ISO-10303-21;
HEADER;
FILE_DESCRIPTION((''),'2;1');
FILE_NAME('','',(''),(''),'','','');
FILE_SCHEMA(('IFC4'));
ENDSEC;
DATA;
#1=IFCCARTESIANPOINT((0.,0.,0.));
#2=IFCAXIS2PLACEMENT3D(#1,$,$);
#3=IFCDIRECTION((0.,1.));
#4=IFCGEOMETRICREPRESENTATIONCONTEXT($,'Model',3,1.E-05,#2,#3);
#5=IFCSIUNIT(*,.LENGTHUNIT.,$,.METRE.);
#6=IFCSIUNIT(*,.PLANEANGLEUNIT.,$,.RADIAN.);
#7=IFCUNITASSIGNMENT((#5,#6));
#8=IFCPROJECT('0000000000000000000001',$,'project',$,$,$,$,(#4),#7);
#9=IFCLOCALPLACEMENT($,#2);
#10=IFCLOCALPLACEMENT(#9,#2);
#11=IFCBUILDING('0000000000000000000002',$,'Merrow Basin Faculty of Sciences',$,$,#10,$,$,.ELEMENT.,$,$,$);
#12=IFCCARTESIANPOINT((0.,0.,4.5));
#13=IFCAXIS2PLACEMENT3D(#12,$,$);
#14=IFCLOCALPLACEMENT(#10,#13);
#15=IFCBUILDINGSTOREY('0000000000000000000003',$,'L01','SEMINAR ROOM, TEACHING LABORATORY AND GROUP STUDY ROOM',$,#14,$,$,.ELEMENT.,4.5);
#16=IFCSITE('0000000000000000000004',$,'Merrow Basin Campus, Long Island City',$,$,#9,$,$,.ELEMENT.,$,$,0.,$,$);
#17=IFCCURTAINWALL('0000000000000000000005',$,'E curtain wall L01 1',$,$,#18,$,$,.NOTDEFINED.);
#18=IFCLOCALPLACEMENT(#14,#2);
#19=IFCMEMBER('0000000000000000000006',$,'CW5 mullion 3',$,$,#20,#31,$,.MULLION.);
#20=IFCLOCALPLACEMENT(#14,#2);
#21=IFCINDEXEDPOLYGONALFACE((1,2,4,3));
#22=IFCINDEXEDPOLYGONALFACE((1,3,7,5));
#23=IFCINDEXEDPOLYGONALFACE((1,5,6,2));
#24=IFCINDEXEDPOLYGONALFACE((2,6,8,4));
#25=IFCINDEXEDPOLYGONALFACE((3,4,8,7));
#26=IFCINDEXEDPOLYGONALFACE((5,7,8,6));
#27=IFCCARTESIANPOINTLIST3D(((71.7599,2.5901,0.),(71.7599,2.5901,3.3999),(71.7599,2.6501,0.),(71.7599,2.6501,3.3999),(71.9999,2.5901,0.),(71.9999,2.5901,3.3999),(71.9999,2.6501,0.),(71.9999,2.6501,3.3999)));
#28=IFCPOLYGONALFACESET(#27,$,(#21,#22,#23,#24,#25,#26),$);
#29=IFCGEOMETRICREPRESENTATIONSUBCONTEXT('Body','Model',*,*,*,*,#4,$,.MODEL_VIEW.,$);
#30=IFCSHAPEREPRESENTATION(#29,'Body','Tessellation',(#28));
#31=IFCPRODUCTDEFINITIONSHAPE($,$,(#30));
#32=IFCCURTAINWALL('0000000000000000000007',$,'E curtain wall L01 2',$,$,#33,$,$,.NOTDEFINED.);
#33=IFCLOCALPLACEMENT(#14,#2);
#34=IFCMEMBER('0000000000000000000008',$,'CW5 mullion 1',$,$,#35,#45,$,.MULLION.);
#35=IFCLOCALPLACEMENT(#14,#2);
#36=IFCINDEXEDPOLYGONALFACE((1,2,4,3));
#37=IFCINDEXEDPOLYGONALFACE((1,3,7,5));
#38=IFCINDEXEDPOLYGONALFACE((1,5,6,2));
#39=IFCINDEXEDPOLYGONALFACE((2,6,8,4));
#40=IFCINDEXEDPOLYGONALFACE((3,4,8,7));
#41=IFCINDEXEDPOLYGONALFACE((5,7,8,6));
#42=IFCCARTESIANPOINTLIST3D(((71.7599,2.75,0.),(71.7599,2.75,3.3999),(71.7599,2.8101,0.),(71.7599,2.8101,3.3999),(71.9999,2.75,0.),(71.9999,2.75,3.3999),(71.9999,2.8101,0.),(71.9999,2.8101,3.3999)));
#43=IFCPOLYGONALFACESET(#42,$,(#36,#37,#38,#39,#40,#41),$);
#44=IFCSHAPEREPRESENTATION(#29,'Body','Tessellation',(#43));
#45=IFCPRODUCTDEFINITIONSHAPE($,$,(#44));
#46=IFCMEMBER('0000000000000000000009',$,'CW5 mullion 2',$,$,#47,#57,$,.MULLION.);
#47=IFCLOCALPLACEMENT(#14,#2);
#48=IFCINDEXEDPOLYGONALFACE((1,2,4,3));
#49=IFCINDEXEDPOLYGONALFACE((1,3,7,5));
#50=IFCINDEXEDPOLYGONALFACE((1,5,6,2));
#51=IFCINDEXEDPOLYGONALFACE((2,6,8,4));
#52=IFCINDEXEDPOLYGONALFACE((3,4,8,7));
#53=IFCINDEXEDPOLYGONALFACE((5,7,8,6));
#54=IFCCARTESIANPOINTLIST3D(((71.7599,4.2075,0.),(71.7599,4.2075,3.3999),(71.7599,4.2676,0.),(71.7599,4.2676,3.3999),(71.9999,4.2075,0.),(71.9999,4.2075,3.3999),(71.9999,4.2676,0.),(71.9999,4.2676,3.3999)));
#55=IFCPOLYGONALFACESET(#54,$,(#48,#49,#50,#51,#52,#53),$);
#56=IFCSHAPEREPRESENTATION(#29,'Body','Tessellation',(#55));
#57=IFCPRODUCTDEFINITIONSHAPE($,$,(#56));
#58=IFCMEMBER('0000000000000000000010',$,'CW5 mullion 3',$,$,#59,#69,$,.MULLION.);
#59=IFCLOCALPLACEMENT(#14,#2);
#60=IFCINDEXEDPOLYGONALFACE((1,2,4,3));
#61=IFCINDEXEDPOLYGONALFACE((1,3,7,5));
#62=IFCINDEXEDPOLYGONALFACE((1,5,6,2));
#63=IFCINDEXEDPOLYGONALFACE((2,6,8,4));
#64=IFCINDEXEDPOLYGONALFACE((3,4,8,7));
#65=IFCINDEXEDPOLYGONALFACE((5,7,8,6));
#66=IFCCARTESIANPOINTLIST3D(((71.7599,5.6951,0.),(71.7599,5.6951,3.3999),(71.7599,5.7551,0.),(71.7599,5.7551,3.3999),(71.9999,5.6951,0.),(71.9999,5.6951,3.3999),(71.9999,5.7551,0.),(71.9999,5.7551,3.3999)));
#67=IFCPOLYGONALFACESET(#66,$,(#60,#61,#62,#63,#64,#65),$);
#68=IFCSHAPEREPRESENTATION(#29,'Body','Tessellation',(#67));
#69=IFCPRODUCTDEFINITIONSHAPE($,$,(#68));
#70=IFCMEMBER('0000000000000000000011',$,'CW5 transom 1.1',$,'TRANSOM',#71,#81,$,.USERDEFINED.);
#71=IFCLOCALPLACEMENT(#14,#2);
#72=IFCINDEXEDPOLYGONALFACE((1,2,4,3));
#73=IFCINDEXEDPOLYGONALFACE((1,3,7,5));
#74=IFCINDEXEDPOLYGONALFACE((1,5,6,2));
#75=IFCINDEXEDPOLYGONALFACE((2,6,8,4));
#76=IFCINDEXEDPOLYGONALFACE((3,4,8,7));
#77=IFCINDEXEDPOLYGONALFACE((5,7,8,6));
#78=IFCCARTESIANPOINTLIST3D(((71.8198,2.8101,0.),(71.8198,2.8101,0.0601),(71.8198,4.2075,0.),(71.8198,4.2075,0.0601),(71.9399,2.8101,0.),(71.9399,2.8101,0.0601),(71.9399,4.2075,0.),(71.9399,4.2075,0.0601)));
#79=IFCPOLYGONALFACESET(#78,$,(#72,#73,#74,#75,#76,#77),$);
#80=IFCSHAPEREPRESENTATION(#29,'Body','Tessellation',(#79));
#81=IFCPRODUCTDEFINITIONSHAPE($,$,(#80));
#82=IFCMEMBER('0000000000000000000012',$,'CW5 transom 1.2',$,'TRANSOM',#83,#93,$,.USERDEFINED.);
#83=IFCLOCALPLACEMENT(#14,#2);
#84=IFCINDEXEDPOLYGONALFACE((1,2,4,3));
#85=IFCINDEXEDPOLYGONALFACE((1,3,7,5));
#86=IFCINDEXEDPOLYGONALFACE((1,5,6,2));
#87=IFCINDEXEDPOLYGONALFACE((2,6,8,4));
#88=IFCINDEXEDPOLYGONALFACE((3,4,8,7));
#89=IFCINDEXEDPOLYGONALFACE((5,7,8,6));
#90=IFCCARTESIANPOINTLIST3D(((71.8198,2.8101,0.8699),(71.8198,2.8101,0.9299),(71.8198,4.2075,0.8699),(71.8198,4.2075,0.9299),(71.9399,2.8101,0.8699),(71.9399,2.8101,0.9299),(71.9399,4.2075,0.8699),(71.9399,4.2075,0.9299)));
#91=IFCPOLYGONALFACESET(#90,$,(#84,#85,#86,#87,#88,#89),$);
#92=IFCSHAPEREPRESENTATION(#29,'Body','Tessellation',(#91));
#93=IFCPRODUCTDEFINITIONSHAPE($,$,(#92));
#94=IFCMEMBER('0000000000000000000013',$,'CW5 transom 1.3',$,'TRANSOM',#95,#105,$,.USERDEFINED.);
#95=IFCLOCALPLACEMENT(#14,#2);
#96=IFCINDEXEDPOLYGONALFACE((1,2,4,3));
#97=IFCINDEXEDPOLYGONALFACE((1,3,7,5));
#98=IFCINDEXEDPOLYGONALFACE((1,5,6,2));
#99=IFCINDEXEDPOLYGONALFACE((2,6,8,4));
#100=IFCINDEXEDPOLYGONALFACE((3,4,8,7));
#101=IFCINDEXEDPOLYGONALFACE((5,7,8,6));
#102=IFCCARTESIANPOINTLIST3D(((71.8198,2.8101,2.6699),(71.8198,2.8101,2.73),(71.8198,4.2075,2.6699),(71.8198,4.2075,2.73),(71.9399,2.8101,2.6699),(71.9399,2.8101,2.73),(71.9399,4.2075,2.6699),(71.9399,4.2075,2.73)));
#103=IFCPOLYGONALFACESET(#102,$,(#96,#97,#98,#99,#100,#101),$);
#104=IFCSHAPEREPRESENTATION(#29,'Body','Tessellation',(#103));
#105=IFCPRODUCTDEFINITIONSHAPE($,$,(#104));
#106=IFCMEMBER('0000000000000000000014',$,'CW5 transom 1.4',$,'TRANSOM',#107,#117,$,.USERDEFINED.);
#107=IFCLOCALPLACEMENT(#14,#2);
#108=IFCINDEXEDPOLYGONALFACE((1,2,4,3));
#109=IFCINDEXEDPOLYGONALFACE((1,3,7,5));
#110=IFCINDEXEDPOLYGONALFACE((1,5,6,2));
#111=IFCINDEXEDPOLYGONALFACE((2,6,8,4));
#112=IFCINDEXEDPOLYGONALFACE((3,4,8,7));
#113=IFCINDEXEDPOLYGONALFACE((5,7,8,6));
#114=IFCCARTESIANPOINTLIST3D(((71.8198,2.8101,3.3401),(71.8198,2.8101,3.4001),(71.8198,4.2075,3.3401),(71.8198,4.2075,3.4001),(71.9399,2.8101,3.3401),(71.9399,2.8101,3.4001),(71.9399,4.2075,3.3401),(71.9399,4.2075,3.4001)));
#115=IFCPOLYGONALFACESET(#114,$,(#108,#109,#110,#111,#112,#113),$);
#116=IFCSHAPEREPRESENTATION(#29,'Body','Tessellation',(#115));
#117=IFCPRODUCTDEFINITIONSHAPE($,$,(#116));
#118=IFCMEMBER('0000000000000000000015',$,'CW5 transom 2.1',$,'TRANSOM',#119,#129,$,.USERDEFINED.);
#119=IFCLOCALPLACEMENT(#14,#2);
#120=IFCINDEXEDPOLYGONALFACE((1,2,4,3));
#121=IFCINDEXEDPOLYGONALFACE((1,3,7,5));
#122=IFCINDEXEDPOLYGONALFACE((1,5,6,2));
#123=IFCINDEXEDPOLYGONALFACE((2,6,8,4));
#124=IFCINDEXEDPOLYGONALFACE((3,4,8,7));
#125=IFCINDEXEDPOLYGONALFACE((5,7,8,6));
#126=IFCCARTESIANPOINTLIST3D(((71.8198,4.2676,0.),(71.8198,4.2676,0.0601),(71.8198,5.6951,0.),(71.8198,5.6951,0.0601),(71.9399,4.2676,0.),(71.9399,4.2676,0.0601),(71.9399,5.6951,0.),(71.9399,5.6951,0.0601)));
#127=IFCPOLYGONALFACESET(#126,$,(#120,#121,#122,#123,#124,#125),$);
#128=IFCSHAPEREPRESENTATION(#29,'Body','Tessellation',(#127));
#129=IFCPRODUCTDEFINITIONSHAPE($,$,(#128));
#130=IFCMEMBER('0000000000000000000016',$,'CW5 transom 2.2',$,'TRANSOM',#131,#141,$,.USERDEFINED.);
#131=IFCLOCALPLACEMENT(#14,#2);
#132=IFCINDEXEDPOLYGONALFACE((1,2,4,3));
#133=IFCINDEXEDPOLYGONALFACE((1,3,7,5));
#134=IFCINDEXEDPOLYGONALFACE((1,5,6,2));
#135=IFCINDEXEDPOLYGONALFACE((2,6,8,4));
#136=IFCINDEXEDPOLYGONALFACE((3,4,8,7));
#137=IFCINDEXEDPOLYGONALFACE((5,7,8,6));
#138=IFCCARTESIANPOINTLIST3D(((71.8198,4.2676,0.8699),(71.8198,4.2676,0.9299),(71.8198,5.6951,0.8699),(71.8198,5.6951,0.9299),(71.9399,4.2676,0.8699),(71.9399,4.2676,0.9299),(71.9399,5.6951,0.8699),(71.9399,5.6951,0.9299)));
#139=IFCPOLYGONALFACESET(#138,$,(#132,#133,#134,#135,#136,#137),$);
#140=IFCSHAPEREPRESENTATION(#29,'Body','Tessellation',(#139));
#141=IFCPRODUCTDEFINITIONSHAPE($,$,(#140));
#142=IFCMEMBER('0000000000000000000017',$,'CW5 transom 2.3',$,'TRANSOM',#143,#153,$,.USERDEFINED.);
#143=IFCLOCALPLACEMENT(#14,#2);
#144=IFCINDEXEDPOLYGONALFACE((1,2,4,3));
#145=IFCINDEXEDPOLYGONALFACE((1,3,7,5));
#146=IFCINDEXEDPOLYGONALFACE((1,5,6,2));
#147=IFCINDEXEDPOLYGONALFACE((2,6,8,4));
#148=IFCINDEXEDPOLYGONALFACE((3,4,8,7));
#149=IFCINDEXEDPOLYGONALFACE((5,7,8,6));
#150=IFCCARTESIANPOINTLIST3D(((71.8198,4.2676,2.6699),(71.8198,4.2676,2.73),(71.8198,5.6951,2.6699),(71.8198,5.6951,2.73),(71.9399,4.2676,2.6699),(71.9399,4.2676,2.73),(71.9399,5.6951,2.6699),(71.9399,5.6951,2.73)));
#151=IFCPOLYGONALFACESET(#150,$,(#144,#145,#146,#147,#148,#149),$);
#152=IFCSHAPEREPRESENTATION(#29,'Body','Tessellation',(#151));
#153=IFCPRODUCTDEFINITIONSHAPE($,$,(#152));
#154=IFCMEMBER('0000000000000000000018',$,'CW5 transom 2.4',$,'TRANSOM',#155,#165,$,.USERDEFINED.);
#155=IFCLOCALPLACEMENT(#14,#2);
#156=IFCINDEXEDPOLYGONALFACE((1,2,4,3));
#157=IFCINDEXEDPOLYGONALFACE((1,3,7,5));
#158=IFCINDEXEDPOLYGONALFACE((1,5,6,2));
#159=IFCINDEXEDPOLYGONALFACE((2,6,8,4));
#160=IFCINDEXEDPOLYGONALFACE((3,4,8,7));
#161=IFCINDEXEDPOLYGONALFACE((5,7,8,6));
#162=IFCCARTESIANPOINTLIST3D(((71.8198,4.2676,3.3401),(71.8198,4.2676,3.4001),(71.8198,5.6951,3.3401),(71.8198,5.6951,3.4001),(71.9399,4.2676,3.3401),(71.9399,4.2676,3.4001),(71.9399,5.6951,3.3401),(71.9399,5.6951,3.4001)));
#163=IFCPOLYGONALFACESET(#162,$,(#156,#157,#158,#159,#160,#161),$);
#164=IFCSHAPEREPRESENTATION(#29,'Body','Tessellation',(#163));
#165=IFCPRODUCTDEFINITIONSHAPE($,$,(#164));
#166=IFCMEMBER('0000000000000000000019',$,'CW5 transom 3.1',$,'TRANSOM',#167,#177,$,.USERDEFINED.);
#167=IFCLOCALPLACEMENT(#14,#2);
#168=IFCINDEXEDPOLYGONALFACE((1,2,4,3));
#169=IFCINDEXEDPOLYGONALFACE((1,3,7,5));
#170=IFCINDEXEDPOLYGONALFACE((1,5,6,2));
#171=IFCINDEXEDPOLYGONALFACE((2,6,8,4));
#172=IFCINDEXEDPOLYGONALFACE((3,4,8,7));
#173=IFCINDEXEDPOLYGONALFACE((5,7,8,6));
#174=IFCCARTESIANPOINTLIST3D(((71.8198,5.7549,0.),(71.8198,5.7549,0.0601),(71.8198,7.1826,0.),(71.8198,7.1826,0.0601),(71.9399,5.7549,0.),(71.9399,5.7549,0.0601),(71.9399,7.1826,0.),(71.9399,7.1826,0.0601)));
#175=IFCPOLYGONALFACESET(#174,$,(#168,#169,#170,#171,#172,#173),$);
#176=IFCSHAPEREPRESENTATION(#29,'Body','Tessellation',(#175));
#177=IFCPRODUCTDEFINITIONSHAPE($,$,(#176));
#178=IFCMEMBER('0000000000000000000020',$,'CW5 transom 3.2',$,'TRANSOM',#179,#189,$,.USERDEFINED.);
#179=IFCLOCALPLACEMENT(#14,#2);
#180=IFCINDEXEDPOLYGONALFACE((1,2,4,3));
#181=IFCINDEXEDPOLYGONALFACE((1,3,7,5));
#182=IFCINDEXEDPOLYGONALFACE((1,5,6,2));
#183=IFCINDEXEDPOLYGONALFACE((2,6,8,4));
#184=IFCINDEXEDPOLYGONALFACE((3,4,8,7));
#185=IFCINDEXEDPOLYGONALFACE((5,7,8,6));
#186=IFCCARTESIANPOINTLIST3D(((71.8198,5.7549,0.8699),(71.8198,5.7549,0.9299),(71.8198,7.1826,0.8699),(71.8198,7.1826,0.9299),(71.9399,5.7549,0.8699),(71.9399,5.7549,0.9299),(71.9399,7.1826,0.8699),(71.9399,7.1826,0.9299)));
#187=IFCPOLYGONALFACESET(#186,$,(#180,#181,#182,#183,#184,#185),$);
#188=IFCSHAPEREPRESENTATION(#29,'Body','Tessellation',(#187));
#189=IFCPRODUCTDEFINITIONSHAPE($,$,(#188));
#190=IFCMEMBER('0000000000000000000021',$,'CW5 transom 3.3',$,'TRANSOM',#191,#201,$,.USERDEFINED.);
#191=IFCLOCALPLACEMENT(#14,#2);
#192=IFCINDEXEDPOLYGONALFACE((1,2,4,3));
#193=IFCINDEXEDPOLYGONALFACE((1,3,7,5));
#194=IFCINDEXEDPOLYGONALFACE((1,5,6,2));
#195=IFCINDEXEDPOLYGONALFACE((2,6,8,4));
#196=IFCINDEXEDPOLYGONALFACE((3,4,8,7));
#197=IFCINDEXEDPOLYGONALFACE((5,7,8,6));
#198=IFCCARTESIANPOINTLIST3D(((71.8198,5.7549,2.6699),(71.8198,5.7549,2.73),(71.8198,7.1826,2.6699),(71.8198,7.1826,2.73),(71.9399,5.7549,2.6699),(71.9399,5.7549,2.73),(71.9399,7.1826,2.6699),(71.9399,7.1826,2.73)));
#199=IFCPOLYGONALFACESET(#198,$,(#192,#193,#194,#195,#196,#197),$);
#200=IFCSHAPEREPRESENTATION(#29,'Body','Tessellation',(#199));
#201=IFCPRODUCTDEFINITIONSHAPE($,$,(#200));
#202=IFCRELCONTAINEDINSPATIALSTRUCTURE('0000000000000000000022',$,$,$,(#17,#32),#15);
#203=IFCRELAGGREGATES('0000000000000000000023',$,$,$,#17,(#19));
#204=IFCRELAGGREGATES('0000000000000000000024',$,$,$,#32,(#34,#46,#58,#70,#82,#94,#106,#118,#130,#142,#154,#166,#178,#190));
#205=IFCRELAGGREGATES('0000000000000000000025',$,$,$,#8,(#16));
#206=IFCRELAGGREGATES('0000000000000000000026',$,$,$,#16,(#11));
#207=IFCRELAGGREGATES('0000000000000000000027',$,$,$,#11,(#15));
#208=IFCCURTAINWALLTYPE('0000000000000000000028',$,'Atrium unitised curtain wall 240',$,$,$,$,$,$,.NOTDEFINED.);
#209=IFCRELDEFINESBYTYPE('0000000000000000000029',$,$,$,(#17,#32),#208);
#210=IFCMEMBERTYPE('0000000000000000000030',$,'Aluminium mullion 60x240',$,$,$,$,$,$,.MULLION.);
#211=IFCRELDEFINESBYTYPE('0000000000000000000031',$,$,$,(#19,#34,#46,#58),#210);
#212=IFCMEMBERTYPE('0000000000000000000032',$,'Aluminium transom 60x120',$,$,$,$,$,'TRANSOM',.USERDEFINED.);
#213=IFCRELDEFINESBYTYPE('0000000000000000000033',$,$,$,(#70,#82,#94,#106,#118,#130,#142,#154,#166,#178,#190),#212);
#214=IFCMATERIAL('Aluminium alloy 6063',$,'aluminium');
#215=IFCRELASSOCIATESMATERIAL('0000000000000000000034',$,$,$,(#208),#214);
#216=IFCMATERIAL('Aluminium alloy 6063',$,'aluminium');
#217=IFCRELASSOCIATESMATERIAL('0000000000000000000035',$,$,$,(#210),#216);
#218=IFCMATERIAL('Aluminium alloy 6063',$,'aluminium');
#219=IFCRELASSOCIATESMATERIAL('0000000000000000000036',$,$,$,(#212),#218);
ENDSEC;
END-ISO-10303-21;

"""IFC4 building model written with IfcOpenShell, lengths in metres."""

from ifc_helpers import new_model, si_unit, direction, frame, origin, origin_2d, place, context, subcontext, project, spatial, rectangle, extrude, material, material_profile, profile_set, type_object, element, aggregate, save


model = new_model("IFC4")

# Units and contexts
model_context = context("Model", 3, precision=1e-05, world=origin(), true_north=direction((0.0, 1.0)))
body_context = subcontext(model_context, "Body", "Model", "MODEL_VIEW")
ifc_project = project(units=[si_unit("LENGTHUNIT", "METRE"), si_unit("PLANEANGLEUNIT", "RADIAN")], contexts=[model_context])

# Site, building, storey
site_placement = place(None, origin())
site = spatial("IfcSite", under=ifc_project, at=site_placement, Name="Merrow Basin Campus, Long Island City", CompositionType="ELEMENT", RefElevation=0.0)
building_placement = place(site_placement, origin())
building = spatial("IfcBuilding", under=site, at=building_placement, Name="Merrow Basin Faculty of Sciences", CompositionType="ELEMENT")
storey_placement = place(building_placement, frame((0.0, 0.0, 4.5)))
storey = spatial("IfcBuildingStorey", under=building, at=storey_placement, Name="L01", Description="SEMINAR ROOM, TEACHING LABORATORY AND GROUP STUDY ROOM", CompositionType="ELEMENT", Elevation=4.5)

# Curtain wall, member
ifc_material_1 = material(Name="Aluminium alloy 6063", Category="aluminium")
curtain_wall_type = type_object("IfcCurtainWallType", Name="Atrium unitised curtain wall 240", PredefinedType="NOTDEFINED", material=ifc_material_1)
curtain_wall_1_placement = place(storey_placement, origin())
curtain_wall_1 = element("IfcCurtainWall", 1, at=curtain_wall_1_placement, inside=storey, type_object=curtain_wall_type, Name="E curtain wall L01 1", PredefinedType="NOTDEFINED")
ifc_material_2 = material(Name="Aluminium alloy 6063", Category="aluminium")
ifc_material_profile_1 = material_profile(ifc_material_2, rectangle(XDim=0.24, YDim=0.0601, at=origin_2d()))
ifc_profile_set_1 = profile_set([ifc_material_profile_1], Name="Aluminium alloy 6063")
member_type_1 = type_object("IfcMemberType", Name="Aluminium mullion 60x240", PredefinedType="MULLION", material=ifc_profile_set_1)
member_1_placement = place(storey_placement, frame((71.8799, 2.6201, 0.0), z_axis=(0.0, 0.0, 1.0), x_axis=(-1.0, 0.0, 0.0)))
member_1 = element("IfcMember", 2, at=member_1_placement, type_object=member_type_1, Name="CW5 mullion 3", PredefinedType="MULLION", context=body_context, shape_type="SweptSolid", body=[
    extrude(rectangle(XDim=0.24, YDim=0.0601, at=origin_2d()), origin(), (0.0, 0.0, 1.0), 3.3999),
])

# Curtain wall, members
curtain_wall_2_placement = place(storey_placement, origin())
curtain_wall_2 = element("IfcCurtainWall", 3, at=curtain_wall_2_placement, inside=storey, type_object=curtain_wall_type, Name="E curtain wall L01 2", PredefinedType="NOTDEFINED")
member_2_placement = place(storey_placement, frame((71.8799, 2.78, 0.0), z_axis=(0.0, 0.0, 1.0), x_axis=(-1.0, 0.0, 0.0)))
member_2 = element("IfcMember", 4, at=member_2_placement, type_object=member_type_1, Name="CW5 mullion 1", PredefinedType="MULLION", context=body_context, shape_type="SweptSolid", body=[
    extrude(rectangle(XDim=0.24, YDim=0.0601, at=origin_2d()), origin(), (0.0, 0.0, 1.0), 3.3999),
])
member_3_placement = place(storey_placement, frame((71.8799, 4.2375, 0.0), z_axis=(0.0, 0.0, 1.0), x_axis=(-1.0, 0.0, 0.0)))
member_3 = element("IfcMember", 5, at=member_3_placement, type_object=member_type_1, Name="CW5 mullion 2", PredefinedType="MULLION", context=body_context, shape_type="SweptSolid", body=[
    extrude(rectangle(XDim=0.24, YDim=0.0601, at=origin_2d()), origin(), (0.0, 0.0, 1.0), 3.3999),
])
member_4_placement = place(storey_placement, frame((71.8799, 5.7251, 0.0), z_axis=(0.0, 0.0, 1.0), x_axis=(-1.0, 0.0, 0.0)))
member_4 = element("IfcMember", 6, at=member_4_placement, type_object=member_type_1, Name="CW5 mullion 3", PredefinedType="MULLION", context=body_context, shape_type="SweptSolid", body=[
    extrude(rectangle(XDim=0.24, YDim=0.0601, at=origin_2d()), origin(), (0.0, 0.0, 1.0), 3.3999),
])
ifc_material_3 = material(Name="Aluminium alloy 6063", Category="aluminium")
ifc_material_profile_2 = material_profile(ifc_material_3, rectangle(XDim=0.1201, YDim=0.0601, at=origin_2d()))
ifc_profile_set_2 = profile_set([ifc_material_profile_2], Name="Aluminium alloy 6063")
member_type_2 = type_object("IfcMemberType", Name="Aluminium transom 60x120", ElementType="TRANSOM", PredefinedType="USERDEFINED", material=ifc_profile_set_2)
member_5_placement = place(storey_placement, frame((71.8799, 2.8101, 0.03), z_axis=(0.0, 1.0, 0.0), x_axis=(-1.0, 0.0, 0.0)))
member_5 = element("IfcMember", 7, at=member_5_placement, type_object=member_type_2, Name="CW5 transom 1.1", ObjectType="TRANSOM", PredefinedType="USERDEFINED", context=body_context, shape_type="SweptSolid", body=[
    extrude(rectangle(XDim=0.1201, YDim=0.0601, at=origin_2d()), origin(), (0.0, 0.0, 1.0), 1.3975),
])
member_6_placement = place(storey_placement, frame((71.8799, 2.8101, 0.8999), z_axis=(0.0, 1.0, 0.0), x_axis=(-1.0, 0.0, 0.0)))
member_6 = element("IfcMember", 8, at=member_6_placement, type_object=member_type_2, Name="CW5 transom 1.2", ObjectType="TRANSOM", PredefinedType="USERDEFINED", context=body_context, shape_type="SweptSolid", body=[
    extrude(rectangle(XDim=0.1201, YDim=0.0601, at=origin_2d()), origin(), (0.0, 0.0, 1.0), 1.3975),
])
member_7_placement = place(storey_placement, frame((71.8799, 2.8101, 2.7), z_axis=(0.0, 1.0, 0.0), x_axis=(-1.0, 0.0, 0.0)))
member_7 = element("IfcMember", 9, at=member_7_placement, type_object=member_type_2, Name="CW5 transom 1.3", ObjectType="TRANSOM", PredefinedType="USERDEFINED", context=body_context, shape_type="SweptSolid", body=[
    extrude(rectangle(XDim=0.1201, YDim=0.0601, at=origin_2d()), origin(), (0.0, 0.0, 1.0), 1.3975),
])
member_8_placement = place(storey_placement, frame((71.8799, 2.8101, 3.3701), z_axis=(0.0, 1.0, 0.0), x_axis=(-1.0, 0.0, 0.0)))
member_8 = element("IfcMember", 10, at=member_8_placement, type_object=member_type_2, Name="CW5 transom 1.4", ObjectType="TRANSOM", PredefinedType="USERDEFINED", context=body_context, shape_type="SweptSolid", body=[
    extrude(rectangle(XDim=0.1201, YDim=0.0601, at=origin_2d()), origin(), (0.0, 0.0, 1.0), 1.3975),
])
member_9_placement = place(storey_placement, frame((71.8799, 4.2676, 0.03), z_axis=(0.0, 1.0, 0.0), x_axis=(-1.0, 0.0, 0.0)))
member_9 = element("IfcMember", 11, at=member_9_placement, type_object=member_type_2, Name="CW5 transom 2.1", ObjectType="TRANSOM", PredefinedType="USERDEFINED", context=body_context, shape_type="SweptSolid", body=[
    extrude(rectangle(XDim=0.1201, YDim=0.0601, at=origin_2d()), origin(), (0.0, 0.0, 1.0), 1.4275),
])
member_10_placement = place(storey_placement, frame((71.8799, 4.2676, 0.8999), z_axis=(0.0, 1.0, 0.0), x_axis=(-1.0, 0.0, 0.0)))
member_10 = element("IfcMember", 12, at=member_10_placement, type_object=member_type_2, Name="CW5 transom 2.2", ObjectType="TRANSOM", PredefinedType="USERDEFINED", context=body_context, shape_type="SweptSolid", body=[
    extrude(rectangle(XDim=0.1201, YDim=0.0601, at=origin_2d()), origin(), (0.0, 0.0, 1.0), 1.4275),
])
member_11_placement = place(storey_placement, frame((71.8799, 4.2676, 2.7), z_axis=(0.0, 1.0, 0.0), x_axis=(-1.0, 0.0, 0.0)))
member_11 = element("IfcMember", 13, at=member_11_placement, type_object=member_type_2, Name="CW5 transom 2.3", ObjectType="TRANSOM", PredefinedType="USERDEFINED", context=body_context, shape_type="SweptSolid", body=[
    extrude(rectangle(XDim=0.1201, YDim=0.0601, at=origin_2d()), origin(), (0.0, 0.0, 1.0), 1.4275),
])
member_12_placement = place(storey_placement, frame((71.8799, 4.2676, 3.3701), z_axis=(0.0, 1.0, 0.0), x_axis=(-1.0, 0.0, 0.0)))
member_12 = element("IfcMember", 14, at=member_12_placement, type_object=member_type_2, Name="CW5 transom 2.4", ObjectType="TRANSOM", PredefinedType="USERDEFINED", context=body_context, shape_type="SweptSolid", body=[
    extrude(rectangle(XDim=0.1201, YDim=0.0601, at=origin_2d()), origin(), (0.0, 0.0, 1.0), 1.4275),
])
member_13_placement = place(storey_placement, frame((71.8799, 5.7549, 0.03), z_axis=(0.0, 1.0, 0.0), x_axis=(-1.0, 0.0, 0.0)))
member_13 = element("IfcMember", 15, at=member_13_placement, type_object=member_type_2, Name="CW5 transom 3.1", ObjectType="TRANSOM", PredefinedType="USERDEFINED", context=body_context, shape_type="SweptSolid", body=[
    extrude(rectangle(XDim=0.1201, YDim=0.0601, at=origin_2d()), origin(), (0.0, 0.0, 1.0), 1.4277),
])
member_14_placement = place(storey_placement, frame((71.8799, 5.7549, 0.8999), z_axis=(0.0, 1.0, 0.0), x_axis=(-1.0, 0.0, 0.0)))
member_14 = element("IfcMember", 16, at=member_14_placement, type_object=member_type_2, Name="CW5 transom 3.2", ObjectType="TRANSOM", PredefinedType="USERDEFINED", context=body_context, shape_type="SweptSolid", body=[
    extrude(rectangle(XDim=0.1201, YDim=0.0601, at=origin_2d()), origin(), (0.0, 0.0, 1.0), 1.4277),
])
member_15_placement = place(storey_placement, frame((71.8799, 5.7549, 2.7), z_axis=(0.0, 1.0, 0.0), x_axis=(-1.0, 0.0, 0.0)))
member_15 = element("IfcMember", 17, at=member_15_placement, type_object=member_type_2, Name="CW5 transom 3.3", ObjectType="TRANSOM", PredefinedType="USERDEFINED", context=body_context, shape_type="SweptSolid", body=[
    extrude(rectangle(XDim=0.1201, YDim=0.0601, at=origin_2d()), origin(), (0.0, 0.0, 1.0), 1.4277),
])

aggregate(curtain_wall_1, [member_1])
aggregate(curtain_wall_2, [member_2, member_3, member_4, member_5, member_6, member_7, member_8, member_9, member_10, member_11, member_12, member_13, member_14, member_15])

save(model, "model.ifc")
